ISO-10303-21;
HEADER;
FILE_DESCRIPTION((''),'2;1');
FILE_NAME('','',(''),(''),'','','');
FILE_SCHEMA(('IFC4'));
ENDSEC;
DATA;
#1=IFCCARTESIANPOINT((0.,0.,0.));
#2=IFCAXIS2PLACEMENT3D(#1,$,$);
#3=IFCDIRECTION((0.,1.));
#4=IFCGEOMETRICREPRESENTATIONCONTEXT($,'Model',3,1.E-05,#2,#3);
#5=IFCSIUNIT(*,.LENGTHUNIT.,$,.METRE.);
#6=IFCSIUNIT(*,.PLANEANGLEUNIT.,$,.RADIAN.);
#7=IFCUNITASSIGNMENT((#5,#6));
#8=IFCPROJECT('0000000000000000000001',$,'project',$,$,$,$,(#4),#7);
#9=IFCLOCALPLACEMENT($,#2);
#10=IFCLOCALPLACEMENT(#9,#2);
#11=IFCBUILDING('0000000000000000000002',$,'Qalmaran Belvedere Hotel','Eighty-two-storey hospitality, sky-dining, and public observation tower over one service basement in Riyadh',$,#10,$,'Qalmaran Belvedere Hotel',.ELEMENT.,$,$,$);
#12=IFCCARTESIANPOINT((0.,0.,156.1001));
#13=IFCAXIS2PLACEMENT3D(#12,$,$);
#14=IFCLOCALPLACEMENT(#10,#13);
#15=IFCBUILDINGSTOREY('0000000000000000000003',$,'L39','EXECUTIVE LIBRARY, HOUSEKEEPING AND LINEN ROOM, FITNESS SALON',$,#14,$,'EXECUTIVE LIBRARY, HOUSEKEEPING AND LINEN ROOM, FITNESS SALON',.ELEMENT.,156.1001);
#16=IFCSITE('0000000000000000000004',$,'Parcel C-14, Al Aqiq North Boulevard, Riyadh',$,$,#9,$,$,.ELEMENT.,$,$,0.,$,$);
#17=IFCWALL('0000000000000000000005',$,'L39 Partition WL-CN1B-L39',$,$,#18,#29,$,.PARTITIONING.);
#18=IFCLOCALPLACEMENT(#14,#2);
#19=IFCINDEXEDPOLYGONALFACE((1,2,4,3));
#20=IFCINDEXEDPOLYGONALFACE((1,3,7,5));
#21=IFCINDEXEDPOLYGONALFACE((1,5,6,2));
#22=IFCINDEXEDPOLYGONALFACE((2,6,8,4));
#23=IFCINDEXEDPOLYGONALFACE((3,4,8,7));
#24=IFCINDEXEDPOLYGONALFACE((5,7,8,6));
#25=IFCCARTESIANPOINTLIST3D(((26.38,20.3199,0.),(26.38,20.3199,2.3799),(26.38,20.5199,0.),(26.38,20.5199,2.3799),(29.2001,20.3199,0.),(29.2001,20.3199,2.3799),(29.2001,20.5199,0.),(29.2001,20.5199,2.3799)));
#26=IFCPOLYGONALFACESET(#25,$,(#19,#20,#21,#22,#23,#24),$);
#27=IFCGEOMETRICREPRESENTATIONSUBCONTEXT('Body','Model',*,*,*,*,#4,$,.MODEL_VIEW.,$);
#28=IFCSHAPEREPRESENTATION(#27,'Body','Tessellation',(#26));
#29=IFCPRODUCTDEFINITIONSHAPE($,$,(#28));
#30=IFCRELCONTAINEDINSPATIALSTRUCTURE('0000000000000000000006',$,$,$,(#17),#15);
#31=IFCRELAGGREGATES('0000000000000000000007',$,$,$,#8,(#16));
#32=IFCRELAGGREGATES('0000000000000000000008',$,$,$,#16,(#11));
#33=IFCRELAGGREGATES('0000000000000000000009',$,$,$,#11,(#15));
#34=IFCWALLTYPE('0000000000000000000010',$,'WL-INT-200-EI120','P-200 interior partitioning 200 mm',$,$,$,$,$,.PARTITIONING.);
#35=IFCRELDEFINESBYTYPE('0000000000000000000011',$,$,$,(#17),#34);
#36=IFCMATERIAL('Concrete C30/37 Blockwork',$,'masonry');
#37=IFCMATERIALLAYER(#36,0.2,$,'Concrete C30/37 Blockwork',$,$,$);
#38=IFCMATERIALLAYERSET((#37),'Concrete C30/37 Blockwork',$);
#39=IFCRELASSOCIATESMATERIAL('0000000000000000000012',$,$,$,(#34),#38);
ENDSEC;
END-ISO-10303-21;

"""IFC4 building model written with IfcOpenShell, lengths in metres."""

from ifc_helpers import new_model, si_unit, direction, frame, frame_2d, origin, place, context, subcontext, project, spatial, rectangle, extrude, material, layer, layer_set, type_object, element, save


model = new_model("IFC4")

# Units and contexts
model_context = context("Model", 3, precision=1e-05, world=origin(), true_north=direction((0.0, 1.0)))
body_context = subcontext(model_context, "Body", "Model", "MODEL_VIEW")
ifc_project = project(units=[si_unit("LENGTHUNIT", "METRE"), si_unit("PLANEANGLEUNIT", "RADIAN")], contexts=[model_context])

# Site, building, storey
site_placement = place(None, origin())
site = spatial("IfcSite", under=ifc_project, at=site_placement, Name="Parcel C-14, Al Aqiq North Boulevard, Riyadh", CompositionType="ELEMENT", RefElevation=0.0)
building_placement = place(site_placement, origin())
building = spatial("IfcBuilding", under=site, at=building_placement, Name="Qalmaran Belvedere Hotel", Description="Eighty-two-storey hospitality, sky-dining, and public observation tower over one service basement in Riyadh", LongName="Qalmaran Belvedere Hotel", CompositionType="ELEMENT")
storey_placement = place(building_placement, frame((0.0, 0.0, 156.1001)))
storey = spatial("IfcBuildingStorey", under=building, at=storey_placement, Name="L39", Description="EXECUTIVE LIBRARY, HOUSEKEEPING AND LINEN ROOM, FITNESS SALON", LongName="EXECUTIVE LIBRARY, HOUSEKEEPING AND LINEN ROOM, FITNESS SALON", CompositionType="ELEMENT", Elevation=156.1001)

# Shared definitions
ifc_material_1 = material(Name="Concrete C30/37 Blockwork", Category="masonry")
ifc_layer_1 = layer(ifc_material_1, 0.2, Name="Concrete C30/37 Blockwork")
ifc_layer_set_1 = layer_set([ifc_layer_1], Name="Concrete C30/37 Blockwork")
wall_type_1 = type_object("IfcWallType", Name="WL-INT-200-EI120", Description="P-200 interior partitioning 200 mm", PredefinedType="PARTITIONING", material=ifc_layer_set_1)

# Wall
wall_1_placement = place(storey_placement, frame((26.3799, 20.4199, 0.0), z_axis=(0.0, 0.0, 1.0), x_axis=(1.0, 0.0, 0.0)))
element("IfcWall", 1, at=wall_1_placement, inside=storey, type_object=wall_type_1, Name="L39 Partition WL-CN1B-L39", PredefinedType="PARTITIONING", context=body_context, shape_type="SweptSolid", body=[
    extrude(rectangle(XDim=2.8201, YDim=0.2, at=frame_2d((1.4102, 0.0))), origin(), (0.0, 0.0, 1.0), 2.3799),
])

save(model, "model.ifc")
